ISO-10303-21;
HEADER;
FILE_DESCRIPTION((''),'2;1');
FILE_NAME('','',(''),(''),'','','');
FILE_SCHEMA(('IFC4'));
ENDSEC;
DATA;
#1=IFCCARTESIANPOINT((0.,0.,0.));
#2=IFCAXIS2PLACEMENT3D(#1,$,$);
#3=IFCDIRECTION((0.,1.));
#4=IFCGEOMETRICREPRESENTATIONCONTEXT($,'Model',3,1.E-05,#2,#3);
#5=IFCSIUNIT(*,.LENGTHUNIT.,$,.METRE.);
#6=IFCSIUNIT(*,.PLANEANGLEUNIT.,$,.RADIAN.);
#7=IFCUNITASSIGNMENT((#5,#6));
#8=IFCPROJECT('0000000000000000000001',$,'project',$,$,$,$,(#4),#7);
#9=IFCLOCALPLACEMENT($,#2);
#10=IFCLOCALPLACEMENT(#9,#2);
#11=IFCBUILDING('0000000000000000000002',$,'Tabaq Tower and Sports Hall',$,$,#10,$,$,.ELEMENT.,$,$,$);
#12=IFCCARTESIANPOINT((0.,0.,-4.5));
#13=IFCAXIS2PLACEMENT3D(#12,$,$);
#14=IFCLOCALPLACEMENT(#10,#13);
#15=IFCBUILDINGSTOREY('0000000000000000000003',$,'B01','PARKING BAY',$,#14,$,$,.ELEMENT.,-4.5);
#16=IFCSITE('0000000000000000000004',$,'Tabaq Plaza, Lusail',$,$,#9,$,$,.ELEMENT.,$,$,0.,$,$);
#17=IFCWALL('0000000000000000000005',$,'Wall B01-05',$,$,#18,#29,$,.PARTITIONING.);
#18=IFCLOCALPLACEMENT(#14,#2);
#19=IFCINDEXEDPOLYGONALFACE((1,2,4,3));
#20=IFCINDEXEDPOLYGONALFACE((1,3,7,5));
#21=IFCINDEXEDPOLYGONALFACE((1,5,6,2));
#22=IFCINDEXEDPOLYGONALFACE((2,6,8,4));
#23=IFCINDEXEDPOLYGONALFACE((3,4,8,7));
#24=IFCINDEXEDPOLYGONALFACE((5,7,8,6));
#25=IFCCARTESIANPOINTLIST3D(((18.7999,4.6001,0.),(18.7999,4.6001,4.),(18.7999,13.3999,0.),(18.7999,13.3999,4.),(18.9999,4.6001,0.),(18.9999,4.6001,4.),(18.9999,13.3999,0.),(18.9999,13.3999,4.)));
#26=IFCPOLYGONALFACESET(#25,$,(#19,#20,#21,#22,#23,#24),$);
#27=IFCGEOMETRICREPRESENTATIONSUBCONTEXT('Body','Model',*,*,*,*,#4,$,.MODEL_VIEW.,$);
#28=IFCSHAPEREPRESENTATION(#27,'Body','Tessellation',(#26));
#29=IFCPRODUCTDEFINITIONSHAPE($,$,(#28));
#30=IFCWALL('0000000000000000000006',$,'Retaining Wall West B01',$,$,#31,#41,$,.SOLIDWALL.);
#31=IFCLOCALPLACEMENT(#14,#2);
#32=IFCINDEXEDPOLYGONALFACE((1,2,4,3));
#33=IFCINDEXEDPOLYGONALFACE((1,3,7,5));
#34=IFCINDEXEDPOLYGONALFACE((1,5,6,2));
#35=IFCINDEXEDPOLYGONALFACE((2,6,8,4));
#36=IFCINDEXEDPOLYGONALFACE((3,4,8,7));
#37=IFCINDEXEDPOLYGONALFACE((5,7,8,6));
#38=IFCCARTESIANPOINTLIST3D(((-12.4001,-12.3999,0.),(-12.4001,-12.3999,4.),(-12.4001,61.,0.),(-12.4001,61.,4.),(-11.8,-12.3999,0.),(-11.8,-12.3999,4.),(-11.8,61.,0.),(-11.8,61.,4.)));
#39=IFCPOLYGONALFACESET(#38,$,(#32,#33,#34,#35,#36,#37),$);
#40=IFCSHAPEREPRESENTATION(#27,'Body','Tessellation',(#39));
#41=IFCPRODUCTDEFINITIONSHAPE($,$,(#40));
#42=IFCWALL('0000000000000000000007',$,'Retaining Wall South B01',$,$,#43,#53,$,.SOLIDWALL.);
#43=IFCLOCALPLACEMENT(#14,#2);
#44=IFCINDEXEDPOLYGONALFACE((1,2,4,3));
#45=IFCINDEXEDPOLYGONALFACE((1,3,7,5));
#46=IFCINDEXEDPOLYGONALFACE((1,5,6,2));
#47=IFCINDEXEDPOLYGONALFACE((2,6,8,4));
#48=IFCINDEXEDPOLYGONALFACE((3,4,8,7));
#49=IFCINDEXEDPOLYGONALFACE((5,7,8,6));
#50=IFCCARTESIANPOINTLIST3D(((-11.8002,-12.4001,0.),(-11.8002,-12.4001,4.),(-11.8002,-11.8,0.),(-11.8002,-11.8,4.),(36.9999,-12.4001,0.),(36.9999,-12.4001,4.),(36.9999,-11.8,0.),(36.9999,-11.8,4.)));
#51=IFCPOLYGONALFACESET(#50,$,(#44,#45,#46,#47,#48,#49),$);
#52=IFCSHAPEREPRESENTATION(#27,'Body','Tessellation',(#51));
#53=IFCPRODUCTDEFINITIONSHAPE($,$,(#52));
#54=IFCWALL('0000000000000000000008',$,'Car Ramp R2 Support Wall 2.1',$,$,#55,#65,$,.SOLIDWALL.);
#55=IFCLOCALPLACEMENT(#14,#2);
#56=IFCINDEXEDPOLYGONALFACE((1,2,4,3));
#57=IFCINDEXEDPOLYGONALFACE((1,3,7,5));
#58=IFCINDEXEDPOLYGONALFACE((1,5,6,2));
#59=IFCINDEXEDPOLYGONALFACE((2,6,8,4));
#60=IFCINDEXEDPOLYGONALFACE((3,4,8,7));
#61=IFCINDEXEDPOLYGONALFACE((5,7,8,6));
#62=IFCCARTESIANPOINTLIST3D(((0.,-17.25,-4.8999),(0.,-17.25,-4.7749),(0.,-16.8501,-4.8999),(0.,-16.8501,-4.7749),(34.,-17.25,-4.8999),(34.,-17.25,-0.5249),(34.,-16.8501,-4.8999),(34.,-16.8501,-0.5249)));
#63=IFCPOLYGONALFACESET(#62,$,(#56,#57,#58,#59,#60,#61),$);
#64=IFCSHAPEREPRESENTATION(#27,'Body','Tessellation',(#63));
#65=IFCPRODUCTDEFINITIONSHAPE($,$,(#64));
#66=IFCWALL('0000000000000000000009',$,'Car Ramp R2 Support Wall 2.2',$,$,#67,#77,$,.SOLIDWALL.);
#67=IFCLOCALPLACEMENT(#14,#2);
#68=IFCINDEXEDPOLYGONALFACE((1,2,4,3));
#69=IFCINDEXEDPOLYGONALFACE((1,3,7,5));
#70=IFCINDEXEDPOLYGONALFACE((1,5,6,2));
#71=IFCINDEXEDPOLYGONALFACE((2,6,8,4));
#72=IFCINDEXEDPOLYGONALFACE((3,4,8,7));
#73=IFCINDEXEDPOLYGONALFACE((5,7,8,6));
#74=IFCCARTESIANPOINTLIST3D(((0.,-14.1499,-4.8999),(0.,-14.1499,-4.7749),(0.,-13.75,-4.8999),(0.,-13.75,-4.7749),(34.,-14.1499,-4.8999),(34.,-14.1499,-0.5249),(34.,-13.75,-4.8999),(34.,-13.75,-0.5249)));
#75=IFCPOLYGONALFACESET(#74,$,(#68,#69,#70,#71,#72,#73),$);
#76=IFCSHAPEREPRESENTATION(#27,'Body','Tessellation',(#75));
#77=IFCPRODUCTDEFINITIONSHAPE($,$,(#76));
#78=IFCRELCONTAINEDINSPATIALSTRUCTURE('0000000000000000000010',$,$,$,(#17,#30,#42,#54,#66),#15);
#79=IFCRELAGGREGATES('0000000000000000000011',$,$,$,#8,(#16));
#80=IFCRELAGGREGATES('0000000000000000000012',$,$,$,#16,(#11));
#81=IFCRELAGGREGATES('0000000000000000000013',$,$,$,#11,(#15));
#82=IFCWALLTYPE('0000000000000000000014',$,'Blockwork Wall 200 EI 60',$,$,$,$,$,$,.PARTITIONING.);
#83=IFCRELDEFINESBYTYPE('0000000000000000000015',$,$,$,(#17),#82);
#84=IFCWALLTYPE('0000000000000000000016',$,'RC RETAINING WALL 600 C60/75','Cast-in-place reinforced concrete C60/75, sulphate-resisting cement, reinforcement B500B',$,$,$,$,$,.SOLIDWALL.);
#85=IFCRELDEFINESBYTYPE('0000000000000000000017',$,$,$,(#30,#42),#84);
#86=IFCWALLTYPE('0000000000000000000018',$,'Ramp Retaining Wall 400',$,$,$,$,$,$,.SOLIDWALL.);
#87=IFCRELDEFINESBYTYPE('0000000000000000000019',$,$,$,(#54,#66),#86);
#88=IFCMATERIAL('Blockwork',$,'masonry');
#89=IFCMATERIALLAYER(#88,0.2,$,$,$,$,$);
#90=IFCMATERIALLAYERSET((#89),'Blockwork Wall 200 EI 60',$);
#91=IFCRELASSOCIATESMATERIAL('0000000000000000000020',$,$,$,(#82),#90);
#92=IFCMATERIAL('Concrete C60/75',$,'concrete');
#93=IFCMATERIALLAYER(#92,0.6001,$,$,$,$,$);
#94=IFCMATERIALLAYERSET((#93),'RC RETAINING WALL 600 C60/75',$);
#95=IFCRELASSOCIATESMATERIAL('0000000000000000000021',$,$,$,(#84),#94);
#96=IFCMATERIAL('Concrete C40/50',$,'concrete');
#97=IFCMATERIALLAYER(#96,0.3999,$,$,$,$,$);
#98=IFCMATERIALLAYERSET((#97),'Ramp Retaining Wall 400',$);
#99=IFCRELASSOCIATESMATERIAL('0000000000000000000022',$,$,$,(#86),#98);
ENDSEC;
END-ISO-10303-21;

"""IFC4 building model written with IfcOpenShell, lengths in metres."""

from ifc_helpers import new_model, si_unit, direction, frame, frame_2d, origin, place, context, subcontext, project, spatial, polyline, rectangle, outline, extrude, material, layer, layer_set, type_object, element, save


model = new_model("IFC4")

# Units and contexts
model_context = context("Model", 3, precision=1e-05, world=origin(), true_north=direction((0.0, 1.0)))
body_context = subcontext(model_context, "Body", "Model", "MODEL_VIEW")
ifc_project = project(units=[si_unit("LENGTHUNIT", "METRE"), si_unit("PLANEANGLEUNIT", "RADIAN")], contexts=[model_context])

# Site, building, storey
site_placement = place(None, origin())
site = spatial("IfcSite", under=ifc_project, at=site_placement, Name="Tabaq Plaza, Lusail", CompositionType="ELEMENT", RefElevation=0.0)
building_placement = place(site_placement, origin())
building = spatial("IfcBuilding", under=site, at=building_placement, Name="Tabaq Tower and Sports Hall", CompositionType="ELEMENT")
storey_placement = place(building_placement, frame((0.0, 0.0, -4.5)))
storey = spatial("IfcBuildingStorey", under=building, at=storey_placement, Name="B01", Description="PARKING BAY", CompositionType="ELEMENT", Elevation=-4.5)

# Walls
ifc_material_1 = material(Name="Blockwork", Category="masonry")
ifc_layer_1 = layer(ifc_material_1, 0.2)
ifc_layer_set_1 = layer_set([ifc_layer_1], Name="Blockwork Wall 200 EI 60")
wall_type_1 = type_object("IfcWallType", Name="Blockwork Wall 200 EI 60", PredefinedType="PARTITIONING", material=ifc_layer_set_1)
wall_1_placement = place(storey_placement, frame((18.8999, 4.6001, 0.0), z_axis=(0.0, 0.0, 1.0), x_axis=(0.0, 1.0, 0.0)))
element("IfcWall", 1, at=wall_1_placement, inside=storey, type_object=wall_type_1, Name="Wall B01-05", PredefinedType="PARTITIONING", context=body_context, shape_type="SweptSolid", body=[
    extrude(rectangle(XDim=8.7998, YDim=0.2, at=frame_2d((4.3999, 0.0))), origin(), (0.0, 0.0, 1.0), 4.0),
])
ifc_material_2 = material(Name="Concrete C60/75", Category="concrete")
ifc_layer_2 = layer(ifc_material_2, 0.6001)
ifc_layer_set_2 = layer_set([ifc_layer_2], Name="RC RETAINING WALL 600 C60/75")
wall_type_2 = type_object("IfcWallType", Name="RC RETAINING WALL 600 C60/75", Description="Cast-in-place reinforced concrete C60/75, sulphate-resisting cement, reinforcement B500B", PredefinedType="SOLIDWALL", material=ifc_layer_set_2)
wall_2_placement = place(storey_placement, frame((-12.1001, -12.3999, 0.0), z_axis=(0.0, 0.0, 1.0), x_axis=(0.0, 1.0, 0.0)))
element("IfcWall", 2, at=wall_2_placement, inside=storey, type_object=wall_type_2, Name="Retaining Wall West B01", PredefinedType="SOLIDWALL", context=body_context, shape_type="SweptSolid", body=[
    extrude(rectangle(XDim=73.3999, YDim=0.6001, at=frame_2d((36.7, 0.0))), origin(), (0.0, 0.0, 1.0), 4.0),
])
wall_3_placement = place(storey_placement, frame((-11.8, -12.1001, 0.0), z_axis=(0.0, 0.0, 1.0), x_axis=(1.0, 0.0, 0.0)))
element("IfcWall", 3, at=wall_3_placement, inside=storey, type_object=wall_type_2, Name="Retaining Wall South B01", PredefinedType="SOLIDWALL", context=body_context, shape_type="SweptSolid", body=[
    extrude(rectangle(XDim=48.8, YDim=0.6001, at=frame_2d((24.3999, 0.0))), origin(), (0.0, 0.0, 1.0), 4.0),
])
ifc_material_3 = material(Name="Concrete C40/50", Category="concrete")
ifc_layer_3 = layer(ifc_material_3, 0.3999)
ifc_layer_set_3 = layer_set([ifc_layer_3], Name="Ramp Retaining Wall 400")
wall_type_3 = type_object("IfcWallType", Name="Ramp Retaining Wall 400", PredefinedType="SOLIDWALL", material=ifc_layer_set_3)
for number, where, z_axis, x_axis, name in (
    (4, (0.0, -17.05, -4.8999), (0.0, 0.0, 1.0), (1.0, 0.0, 0.0), "Car Ramp R2 Support Wall 2.1"),
    (5, (0.0, -13.95, -4.8999), (0.0, 0.0, 1.0), (1.0, 0.0, 0.0), "Car Ramp R2 Support Wall 2.2"),
):
    element("IfcWall", number, at=place(storey_placement, frame(where, z_axis=z_axis, x_axis=x_axis)), inside=storey, type_object=wall_type_3, Name=name, PredefinedType="SOLIDWALL", context=body_context, shape_type="SweptSolid", body=[
        extrude(outline(polyline([(0.0, 0.0), (34.0, 0.0), (34.0, 4.375), (0.0, 0.125), (0.0, 0.0)])), frame((0.0, 0.2, 0.0), z_axis=(0.0, -1.0, 0.0), x_axis=(1.0, 0.0, 0.0)), (0.0, 0.0, 1.0), 0.3999),
    ])

save(model, "model.ifc")
